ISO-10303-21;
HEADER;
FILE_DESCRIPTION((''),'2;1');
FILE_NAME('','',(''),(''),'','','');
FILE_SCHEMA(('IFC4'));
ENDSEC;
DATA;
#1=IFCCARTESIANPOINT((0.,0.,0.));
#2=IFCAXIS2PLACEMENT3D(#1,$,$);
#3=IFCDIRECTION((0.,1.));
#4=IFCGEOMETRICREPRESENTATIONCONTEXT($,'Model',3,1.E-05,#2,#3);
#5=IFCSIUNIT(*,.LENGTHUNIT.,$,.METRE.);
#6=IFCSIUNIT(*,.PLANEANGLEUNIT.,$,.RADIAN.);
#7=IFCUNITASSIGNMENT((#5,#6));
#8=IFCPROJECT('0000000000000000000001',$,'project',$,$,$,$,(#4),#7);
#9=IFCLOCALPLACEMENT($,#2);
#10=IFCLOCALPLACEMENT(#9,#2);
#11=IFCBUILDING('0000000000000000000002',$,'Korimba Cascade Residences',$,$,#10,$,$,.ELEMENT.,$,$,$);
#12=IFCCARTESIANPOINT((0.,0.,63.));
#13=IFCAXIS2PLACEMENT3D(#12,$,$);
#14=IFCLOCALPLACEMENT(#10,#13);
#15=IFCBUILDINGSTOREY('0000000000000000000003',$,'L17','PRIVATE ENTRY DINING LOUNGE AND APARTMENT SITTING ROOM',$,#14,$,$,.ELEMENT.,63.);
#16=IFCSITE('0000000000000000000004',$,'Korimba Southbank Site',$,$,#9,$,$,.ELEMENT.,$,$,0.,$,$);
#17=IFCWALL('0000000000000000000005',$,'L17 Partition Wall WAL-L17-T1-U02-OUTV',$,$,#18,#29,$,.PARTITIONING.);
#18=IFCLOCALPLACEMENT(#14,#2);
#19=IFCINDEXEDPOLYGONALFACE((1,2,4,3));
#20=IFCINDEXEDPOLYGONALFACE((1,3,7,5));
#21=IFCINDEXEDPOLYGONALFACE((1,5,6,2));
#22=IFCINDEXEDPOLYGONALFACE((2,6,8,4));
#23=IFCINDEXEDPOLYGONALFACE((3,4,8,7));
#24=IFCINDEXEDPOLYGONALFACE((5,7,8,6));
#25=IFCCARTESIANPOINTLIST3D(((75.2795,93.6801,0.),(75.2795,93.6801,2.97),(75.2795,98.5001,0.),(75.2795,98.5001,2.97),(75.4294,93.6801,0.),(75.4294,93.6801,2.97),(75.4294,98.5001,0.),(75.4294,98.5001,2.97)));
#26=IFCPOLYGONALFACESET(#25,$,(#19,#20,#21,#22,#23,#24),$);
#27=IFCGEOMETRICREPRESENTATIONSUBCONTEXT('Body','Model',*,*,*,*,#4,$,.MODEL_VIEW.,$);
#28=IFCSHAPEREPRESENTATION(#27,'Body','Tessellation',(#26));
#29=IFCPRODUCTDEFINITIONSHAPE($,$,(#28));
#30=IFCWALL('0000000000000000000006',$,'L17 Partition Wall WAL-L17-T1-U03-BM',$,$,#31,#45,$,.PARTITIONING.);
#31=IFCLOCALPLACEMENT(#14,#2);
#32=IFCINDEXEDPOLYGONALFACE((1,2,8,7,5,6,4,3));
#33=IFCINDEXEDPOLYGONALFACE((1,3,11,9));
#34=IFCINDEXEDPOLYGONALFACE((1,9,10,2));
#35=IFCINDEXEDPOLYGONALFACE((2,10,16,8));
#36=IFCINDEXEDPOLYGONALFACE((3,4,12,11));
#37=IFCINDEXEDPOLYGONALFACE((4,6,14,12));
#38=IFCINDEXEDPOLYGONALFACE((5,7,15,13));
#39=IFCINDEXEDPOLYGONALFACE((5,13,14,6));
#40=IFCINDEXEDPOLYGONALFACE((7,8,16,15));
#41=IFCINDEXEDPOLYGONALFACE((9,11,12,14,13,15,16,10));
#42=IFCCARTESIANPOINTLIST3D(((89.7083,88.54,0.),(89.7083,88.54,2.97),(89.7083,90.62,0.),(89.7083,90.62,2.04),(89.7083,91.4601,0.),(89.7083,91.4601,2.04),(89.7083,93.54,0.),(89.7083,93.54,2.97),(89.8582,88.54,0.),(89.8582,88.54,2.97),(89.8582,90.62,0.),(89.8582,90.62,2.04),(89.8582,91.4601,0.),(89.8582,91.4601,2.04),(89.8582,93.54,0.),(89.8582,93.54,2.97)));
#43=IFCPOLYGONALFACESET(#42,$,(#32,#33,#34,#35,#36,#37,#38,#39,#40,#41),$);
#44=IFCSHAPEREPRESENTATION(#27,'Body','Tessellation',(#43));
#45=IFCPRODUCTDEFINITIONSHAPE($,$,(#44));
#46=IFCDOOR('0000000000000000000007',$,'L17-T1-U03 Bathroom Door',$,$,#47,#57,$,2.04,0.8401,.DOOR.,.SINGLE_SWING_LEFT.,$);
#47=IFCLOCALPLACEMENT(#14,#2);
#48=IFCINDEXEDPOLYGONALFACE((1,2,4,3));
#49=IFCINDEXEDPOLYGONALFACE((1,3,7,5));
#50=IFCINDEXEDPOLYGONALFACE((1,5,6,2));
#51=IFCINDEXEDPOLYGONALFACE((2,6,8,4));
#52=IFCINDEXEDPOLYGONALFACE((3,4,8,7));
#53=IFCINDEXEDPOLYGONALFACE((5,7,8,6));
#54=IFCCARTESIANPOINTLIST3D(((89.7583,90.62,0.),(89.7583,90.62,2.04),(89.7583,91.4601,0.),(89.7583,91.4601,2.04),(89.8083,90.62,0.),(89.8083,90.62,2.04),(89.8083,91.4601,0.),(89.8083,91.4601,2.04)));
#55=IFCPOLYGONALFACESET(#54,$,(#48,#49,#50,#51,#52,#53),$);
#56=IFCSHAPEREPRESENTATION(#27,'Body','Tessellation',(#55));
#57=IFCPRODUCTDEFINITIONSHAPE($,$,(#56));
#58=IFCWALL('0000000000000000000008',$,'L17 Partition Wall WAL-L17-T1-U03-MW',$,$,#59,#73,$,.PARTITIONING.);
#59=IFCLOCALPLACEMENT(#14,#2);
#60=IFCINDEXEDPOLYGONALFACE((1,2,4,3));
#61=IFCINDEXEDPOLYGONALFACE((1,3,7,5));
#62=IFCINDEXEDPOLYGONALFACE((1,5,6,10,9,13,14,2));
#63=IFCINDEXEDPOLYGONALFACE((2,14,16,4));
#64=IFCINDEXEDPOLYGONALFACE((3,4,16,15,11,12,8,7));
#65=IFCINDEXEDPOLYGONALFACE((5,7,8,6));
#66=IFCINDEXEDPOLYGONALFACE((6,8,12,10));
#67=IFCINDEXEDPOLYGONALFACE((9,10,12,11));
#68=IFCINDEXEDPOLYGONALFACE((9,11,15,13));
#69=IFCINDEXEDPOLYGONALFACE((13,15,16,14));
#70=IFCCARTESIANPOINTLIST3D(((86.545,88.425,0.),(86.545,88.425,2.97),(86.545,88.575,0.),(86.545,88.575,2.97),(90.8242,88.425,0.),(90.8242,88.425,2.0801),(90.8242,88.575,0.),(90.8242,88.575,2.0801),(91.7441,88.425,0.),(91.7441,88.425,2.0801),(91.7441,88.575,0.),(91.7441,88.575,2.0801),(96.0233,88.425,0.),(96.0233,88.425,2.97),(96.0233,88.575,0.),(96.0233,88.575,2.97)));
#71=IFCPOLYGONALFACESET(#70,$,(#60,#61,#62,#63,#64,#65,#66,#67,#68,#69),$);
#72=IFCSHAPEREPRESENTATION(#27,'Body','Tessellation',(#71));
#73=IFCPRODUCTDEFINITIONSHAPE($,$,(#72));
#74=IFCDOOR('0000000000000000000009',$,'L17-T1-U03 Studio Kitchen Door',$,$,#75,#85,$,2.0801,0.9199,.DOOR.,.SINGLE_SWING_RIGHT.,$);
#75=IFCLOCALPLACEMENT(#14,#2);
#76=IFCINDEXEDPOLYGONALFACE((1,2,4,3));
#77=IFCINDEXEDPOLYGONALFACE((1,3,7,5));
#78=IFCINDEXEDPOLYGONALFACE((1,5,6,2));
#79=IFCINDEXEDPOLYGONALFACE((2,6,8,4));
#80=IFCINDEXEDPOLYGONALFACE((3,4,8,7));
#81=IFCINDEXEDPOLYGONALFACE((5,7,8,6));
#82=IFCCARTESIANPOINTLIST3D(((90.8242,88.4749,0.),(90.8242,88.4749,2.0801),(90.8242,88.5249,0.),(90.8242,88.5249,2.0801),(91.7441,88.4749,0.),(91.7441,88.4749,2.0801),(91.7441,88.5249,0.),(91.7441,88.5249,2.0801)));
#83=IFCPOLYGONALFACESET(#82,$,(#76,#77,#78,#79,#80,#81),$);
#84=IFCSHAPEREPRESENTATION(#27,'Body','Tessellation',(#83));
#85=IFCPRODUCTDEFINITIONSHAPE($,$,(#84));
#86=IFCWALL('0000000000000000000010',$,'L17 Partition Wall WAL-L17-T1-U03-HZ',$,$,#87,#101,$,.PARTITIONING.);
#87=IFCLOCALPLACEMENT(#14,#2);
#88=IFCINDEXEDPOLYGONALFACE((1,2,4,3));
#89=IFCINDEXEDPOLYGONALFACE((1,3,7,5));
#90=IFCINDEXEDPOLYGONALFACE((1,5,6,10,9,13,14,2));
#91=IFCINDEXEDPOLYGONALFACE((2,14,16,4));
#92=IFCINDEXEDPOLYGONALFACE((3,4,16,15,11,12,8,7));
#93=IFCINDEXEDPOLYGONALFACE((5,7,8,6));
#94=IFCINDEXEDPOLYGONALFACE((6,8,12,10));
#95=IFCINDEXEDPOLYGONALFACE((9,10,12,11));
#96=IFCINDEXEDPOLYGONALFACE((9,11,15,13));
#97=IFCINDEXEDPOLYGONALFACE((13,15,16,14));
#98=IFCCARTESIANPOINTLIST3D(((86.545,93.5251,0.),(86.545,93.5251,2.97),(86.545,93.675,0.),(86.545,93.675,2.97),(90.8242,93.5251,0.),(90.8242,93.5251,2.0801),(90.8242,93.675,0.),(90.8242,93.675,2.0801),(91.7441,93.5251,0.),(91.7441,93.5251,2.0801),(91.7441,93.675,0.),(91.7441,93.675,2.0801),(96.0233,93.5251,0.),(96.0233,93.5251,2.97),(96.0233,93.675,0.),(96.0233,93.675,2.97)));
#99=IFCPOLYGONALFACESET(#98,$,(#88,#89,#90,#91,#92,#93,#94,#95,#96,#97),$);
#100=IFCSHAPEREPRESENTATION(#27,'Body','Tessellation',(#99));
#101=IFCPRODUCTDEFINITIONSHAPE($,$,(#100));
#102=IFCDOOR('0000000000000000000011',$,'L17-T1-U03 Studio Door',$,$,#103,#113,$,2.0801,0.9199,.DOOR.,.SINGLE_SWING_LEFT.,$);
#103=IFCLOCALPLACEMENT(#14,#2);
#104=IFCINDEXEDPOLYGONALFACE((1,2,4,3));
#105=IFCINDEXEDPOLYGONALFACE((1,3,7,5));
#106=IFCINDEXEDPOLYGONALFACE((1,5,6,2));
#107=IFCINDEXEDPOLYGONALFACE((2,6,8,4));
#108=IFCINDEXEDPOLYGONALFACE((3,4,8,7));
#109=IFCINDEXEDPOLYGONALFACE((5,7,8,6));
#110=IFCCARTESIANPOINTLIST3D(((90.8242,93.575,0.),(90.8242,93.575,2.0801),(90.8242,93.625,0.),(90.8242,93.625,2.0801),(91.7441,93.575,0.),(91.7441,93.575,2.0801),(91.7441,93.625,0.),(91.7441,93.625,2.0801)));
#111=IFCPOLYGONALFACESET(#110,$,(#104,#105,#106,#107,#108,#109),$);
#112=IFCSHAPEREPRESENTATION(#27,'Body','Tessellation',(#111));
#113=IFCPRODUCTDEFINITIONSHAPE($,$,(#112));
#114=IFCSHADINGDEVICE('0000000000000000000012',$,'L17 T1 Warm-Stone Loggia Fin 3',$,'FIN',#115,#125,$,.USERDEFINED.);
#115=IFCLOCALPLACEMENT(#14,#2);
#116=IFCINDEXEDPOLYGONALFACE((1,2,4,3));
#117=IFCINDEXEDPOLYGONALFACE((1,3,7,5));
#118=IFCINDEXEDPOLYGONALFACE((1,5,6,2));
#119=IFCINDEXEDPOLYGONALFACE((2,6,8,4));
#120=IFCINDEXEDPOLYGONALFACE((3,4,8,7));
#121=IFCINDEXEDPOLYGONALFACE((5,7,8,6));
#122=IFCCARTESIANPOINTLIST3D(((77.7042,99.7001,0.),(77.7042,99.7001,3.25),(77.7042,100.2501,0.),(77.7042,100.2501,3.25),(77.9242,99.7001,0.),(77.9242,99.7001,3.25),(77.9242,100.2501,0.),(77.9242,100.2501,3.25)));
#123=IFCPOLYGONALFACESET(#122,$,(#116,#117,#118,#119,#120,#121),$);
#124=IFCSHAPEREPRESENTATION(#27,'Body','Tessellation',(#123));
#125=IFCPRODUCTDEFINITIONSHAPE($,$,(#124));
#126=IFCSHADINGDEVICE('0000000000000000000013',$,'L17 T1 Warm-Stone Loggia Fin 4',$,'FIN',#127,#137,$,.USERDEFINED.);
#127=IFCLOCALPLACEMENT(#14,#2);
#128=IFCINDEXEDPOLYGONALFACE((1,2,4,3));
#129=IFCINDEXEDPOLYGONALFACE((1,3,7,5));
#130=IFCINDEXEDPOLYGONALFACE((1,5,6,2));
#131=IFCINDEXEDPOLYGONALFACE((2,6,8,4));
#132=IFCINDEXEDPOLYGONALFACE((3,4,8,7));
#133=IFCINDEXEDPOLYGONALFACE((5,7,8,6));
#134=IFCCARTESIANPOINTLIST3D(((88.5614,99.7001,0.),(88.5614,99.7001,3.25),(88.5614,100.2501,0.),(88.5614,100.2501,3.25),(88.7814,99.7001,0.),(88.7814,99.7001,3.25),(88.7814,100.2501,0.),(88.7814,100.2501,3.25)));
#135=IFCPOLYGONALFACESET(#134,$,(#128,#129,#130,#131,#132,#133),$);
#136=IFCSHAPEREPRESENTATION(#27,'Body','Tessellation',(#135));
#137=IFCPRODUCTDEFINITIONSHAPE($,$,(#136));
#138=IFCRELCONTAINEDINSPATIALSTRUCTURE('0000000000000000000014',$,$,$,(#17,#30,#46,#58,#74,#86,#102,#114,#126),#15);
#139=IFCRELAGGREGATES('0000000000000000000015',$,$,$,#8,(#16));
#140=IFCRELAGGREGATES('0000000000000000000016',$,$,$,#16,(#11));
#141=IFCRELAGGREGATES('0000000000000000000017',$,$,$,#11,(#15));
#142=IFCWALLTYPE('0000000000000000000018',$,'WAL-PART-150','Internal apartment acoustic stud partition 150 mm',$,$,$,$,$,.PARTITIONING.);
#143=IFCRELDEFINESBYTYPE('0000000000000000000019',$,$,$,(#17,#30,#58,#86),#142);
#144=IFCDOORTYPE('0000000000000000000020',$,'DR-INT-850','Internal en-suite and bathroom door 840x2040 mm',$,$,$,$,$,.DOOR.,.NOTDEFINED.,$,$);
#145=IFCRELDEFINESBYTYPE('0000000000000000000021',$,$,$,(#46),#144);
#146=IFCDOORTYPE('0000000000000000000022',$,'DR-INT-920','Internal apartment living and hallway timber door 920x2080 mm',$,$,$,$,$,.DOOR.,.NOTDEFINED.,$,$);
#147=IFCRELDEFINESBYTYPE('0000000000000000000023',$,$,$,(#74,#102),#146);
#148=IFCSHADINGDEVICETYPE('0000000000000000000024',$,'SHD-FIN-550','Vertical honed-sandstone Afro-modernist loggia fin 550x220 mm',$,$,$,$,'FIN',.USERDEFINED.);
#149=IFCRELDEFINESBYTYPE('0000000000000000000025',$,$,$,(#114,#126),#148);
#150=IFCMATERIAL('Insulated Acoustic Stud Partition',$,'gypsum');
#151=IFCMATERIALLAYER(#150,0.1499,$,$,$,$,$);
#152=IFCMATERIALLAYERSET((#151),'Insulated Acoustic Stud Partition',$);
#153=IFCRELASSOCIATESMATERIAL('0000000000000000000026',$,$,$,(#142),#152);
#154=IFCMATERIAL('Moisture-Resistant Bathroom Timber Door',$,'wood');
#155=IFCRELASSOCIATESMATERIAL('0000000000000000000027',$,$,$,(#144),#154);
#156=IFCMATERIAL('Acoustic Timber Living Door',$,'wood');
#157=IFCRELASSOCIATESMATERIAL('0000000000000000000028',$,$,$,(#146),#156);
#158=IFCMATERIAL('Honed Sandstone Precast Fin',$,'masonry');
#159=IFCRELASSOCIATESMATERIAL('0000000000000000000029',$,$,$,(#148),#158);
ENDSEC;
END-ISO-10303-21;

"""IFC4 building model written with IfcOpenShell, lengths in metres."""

from ifc_helpers import new_model, si_unit, direction, frame, frame_2d, origin, origin_2d, place, context, subcontext, project, spatial, rectangle, extrude, material, layer, layer_set, type_object, element, fill, save


model = new_model("IFC4")

# Units and contexts
model_context = context("Model", 3, precision=1e-05, world=origin(), true_north=direction((0.0, 1.0)))
body_context = subcontext(model_context, "Body", "Model", "MODEL_VIEW")
ifc_project = project(units=[si_unit("LENGTHUNIT", "METRE"), si_unit("PLANEANGLEUNIT", "RADIAN")], contexts=[model_context])

# Site, building, storey
site_placement = place(None, origin())
site = spatial("IfcSite", under=ifc_project, at=site_placement, Name="Korimba Southbank Site", CompositionType="ELEMENT", RefElevation=0.0)
building_placement = place(site_placement, origin())
building = spatial("IfcBuilding", under=site, at=building_placement, Name="Korimba Cascade Residences", CompositionType="ELEMENT")
storey_placement = place(building_placement, frame((0.0, 0.0, 63.0)))
storey = spatial("IfcBuildingStorey", under=building, at=storey_placement, Name="L17", Description="PRIVATE ENTRY DINING LOUNGE AND APARTMENT SITTING ROOM", CompositionType="ELEMENT", Elevation=63.0)

# Wall
ifc_material_1 = material(Name="Insulated Acoustic Stud Partition", Category="gypsum")
ifc_layer = layer(ifc_material_1, 0.1499)
ifc_layer_set = layer_set([ifc_layer], Name="Insulated Acoustic Stud Partition")
wall_type = type_object("IfcWallType", Name="WAL-PART-150", Description="Internal apartment acoustic stud partition 150 mm", PredefinedType="PARTITIONING", material=ifc_layer_set)
wall_1_placement = place(storey_placement, frame((75.3545, 93.6799, 0.0), z_axis=(0.0, 0.0, 1.0), x_axis=(0.0, 1.0, 0.0)))
element("IfcWall", 1, at=wall_1_placement, inside=storey, type_object=wall_type, Name="L17 Partition Wall WAL-L17-T1-U02-OUTV", PredefinedType="PARTITIONING", context=body_context, shape_type="SweptSolid", body=[
    extrude(rectangle(XDim=4.8201, YDim=0.1499, at=frame_2d((2.4102, 0.0))), origin(), (0.0, 0.0, 1.0), 2.97),
])

# Walls, openings, doors
wall_2_placement = place(storey_placement, frame((89.7832, 88.54, 0.0), z_axis=(0.0, 0.0, 1.0), x_axis=(0.0, 1.0, 0.0)))
wall_2 = element("IfcWall", 2, at=wall_2_placement, inside=storey, type_object=wall_type, Name="L17 Partition Wall WAL-L17-T1-U03-BM", PredefinedType="PARTITIONING", context=body_context, shape_type="SweptSolid", body=[
    extrude(rectangle(XDim=5.0, YDim=0.1499, at=frame_2d((2.5, 0.0))), origin(), (0.0, 0.0, 1.0), 2.97),
])
opening_1_placement = place(wall_2_placement, frame((2.0801, 0.0, 0.0)))
opening_1 = element("IfcOpeningElement", 3, at=opening_1_placement, cuts=wall_2, PredefinedType="OPENING", context=body_context, shape_type="SweptSolid", body=[
    extrude(rectangle(XDim=0.8401, YDim=2.04, at=frame_2d((0.4199, 1.02))), frame((0.0, 0.085, 0.0), z_axis=(0.0, -1.0, 0.0), x_axis=(1.0, 0.0, 0.0)), (0.0, 0.0, 1.0), 0.1699),
])
ifc_material_2 = material(Name="Moisture-Resistant Bathroom Timber Door", Category="wood")
door_type_1 = type_object("IfcDoorType", Name="DR-INT-850", Description="Internal en-suite and bathroom door 840x2040 mm", OperationType="NOTDEFINED", PredefinedType="DOOR", material=ifc_material_2)
door_1_placement = place(opening_1_placement, origin())
door_1 = element("IfcDoor", 4, at=door_1_placement, inside=storey, type_object=door_type_1, Name="L17-T1-U03 Bathroom Door", OperationType="SINGLE_SWING_LEFT", OverallHeight=2.04, OverallWidth=0.8401, PredefinedType="DOOR", context=body_context, shape_type="SweptSolid", body=[
    extrude(rectangle(XDim=0.8401, YDim=2.04, at=frame_2d((0.4199, 1.02))), frame((0.0, 0.0249, 0.0), z_axis=(0.0, -1.0, 0.0), x_axis=(1.0, 0.0, 0.0)), (0.0, 0.0, 1.0), 0.05),
])
fill(opening_1, door_1)
wall_3_placement = place(storey_placement, frame((86.5449, 88.5, 0.0), z_axis=(0.0, 0.0, 1.0), x_axis=(1.0, 0.0, 0.0)))
wall_3 = element("IfcWall", 5, at=wall_3_placement, inside=storey, type_object=wall_type, Name="L17 Partition Wall WAL-L17-T1-U03-MW", PredefinedType="PARTITIONING", context=body_context, shape_type="SweptSolid", body=[
    extrude(rectangle(XDim=9.4783, YDim=0.1499, at=frame_2d((4.7393, 0.0))), origin(), (0.0, 0.0, 1.0), 2.97),
])
opening_2_placement = place(wall_3_placement, frame((4.2793, 0.0, 0.0)))
opening_2 = element("IfcOpeningElement", 6, at=opening_2_placement, cuts=wall_3, PredefinedType="OPENING", context=body_context, shape_type="SweptSolid", body=[
    extrude(rectangle(XDim=0.9199, YDim=2.0801, at=frame_2d((0.46, 1.04))), frame((0.0, 0.085, 0.0), z_axis=(0.0, -1.0, 0.0), x_axis=(1.0, 0.0, 0.0)), (0.0, 0.0, 1.0), 0.1699),
])
ifc_material_3 = material(Name="Acoustic Timber Living Door", Category="wood")
door_type_2 = type_object("IfcDoorType", Name="DR-INT-920", Description="Internal apartment living and hallway timber door 920x2080 mm", OperationType="NOTDEFINED", PredefinedType="DOOR", material=ifc_material_3)
door_2_placement = place(opening_2_placement, origin())
door_2 = element("IfcDoor", 7, at=door_2_placement, inside=storey, type_object=door_type_2, Name="L17-T1-U03 Studio Kitchen Door", OperationType="SINGLE_SWING_RIGHT", OverallHeight=2.0801, OverallWidth=0.9199, PredefinedType="DOOR", context=body_context, shape_type="SweptSolid", body=[
    extrude(rectangle(XDim=0.9199, YDim=2.0801, at=frame_2d((0.46, 1.04))), frame((0.0, 0.0249, 0.0), z_axis=(0.0, -1.0, 0.0), x_axis=(1.0, 0.0, 0.0)), (0.0, 0.0, 1.0), 0.05),
])
fill(opening_2, door_2)
wall_4_placement = place(storey_placement, frame((86.5449, 93.6001, 0.0), z_axis=(0.0, 0.0, 1.0), x_axis=(1.0, 0.0, 0.0)))
wall_4 = element("IfcWall", 8, at=wall_4_placement, inside=storey, type_object=wall_type, Name="L17 Partition Wall WAL-L17-T1-U03-HZ", PredefinedType="PARTITIONING", context=body_context, shape_type="SweptSolid", body=[
    extrude(rectangle(XDim=9.4783, YDim=0.1499, at=frame_2d((4.7393, 0.0))), origin(), (0.0, 0.0, 1.0), 2.97),
])
opening_3_placement = place(wall_4_placement, frame((4.2793, 0.0, 0.0)))
opening_3 = element("IfcOpeningElement", 9, at=opening_3_placement, cuts=wall_4, PredefinedType="OPENING", context=body_context, shape_type="SweptSolid", body=[
    extrude(rectangle(XDim=0.9199, YDim=2.0801, at=frame_2d((0.46, 1.04))), frame((0.0, 0.085, 0.0), z_axis=(0.0, -1.0, 0.0), x_axis=(1.0, 0.0, 0.0)), (0.0, 0.0, 1.0), 0.1699),
])
door_3_placement = place(opening_3_placement, origin())
door_3 = element("IfcDoor", 10, at=door_3_placement, inside=storey, type_object=door_type_2, Name="L17-T1-U03 Studio Door", OperationType="SINGLE_SWING_LEFT", OverallHeight=2.0801, OverallWidth=0.9199, PredefinedType="DOOR", context=body_context, shape_type="SweptSolid", body=[
    extrude(rectangle(XDim=0.9199, YDim=2.0801, at=frame_2d((0.46, 1.04))), frame((0.0, 0.0249, 0.0), z_axis=(0.0, -1.0, 0.0), x_axis=(1.0, 0.0, 0.0)), (0.0, 0.0, 1.0), 0.05),
])
fill(opening_3, door_3)

# Shading devices
ifc_material_4 = material(Name="Honed Sandstone Precast Fin", Category="masonry")
shading_device_type = type_object("IfcShadingDeviceType", Name="SHD-FIN-550", Description="Vertical honed-sandstone Afro-modernist loggia fin 550x220 mm", ElementType="FIN", PredefinedType="USERDEFINED", material=ifc_material_4)
for number, where, z_axis, x_axis, name in (
    (11, (77.8142, 99.9751, 0.0), (0.0, 0.0, 1.0), (1.0, 0.0, 0.0), "L17 T1 Warm-Stone Loggia Fin 3"),
    (12, (88.6714, 99.9751, 0.0), (0.0, 0.0, 1.0), (1.0, 0.0, 0.0), "L17 T1 Warm-Stone Loggia Fin 4"),
):
    element("IfcShadingDevice", number, at=place(storey_placement, frame(where, z_axis=z_axis, x_axis=x_axis)), inside=storey, type_object=shading_device_type, Name=name, ObjectType="FIN", PredefinedType="USERDEFINED", context=body_context, shape_type="SweptSolid", body=[
        extrude(rectangle(XDim=0.22, YDim=0.55, at=origin_2d()), origin(), (0.0, 0.0, 1.0), 3.25),
    ])

save(model, "model.ifc")
